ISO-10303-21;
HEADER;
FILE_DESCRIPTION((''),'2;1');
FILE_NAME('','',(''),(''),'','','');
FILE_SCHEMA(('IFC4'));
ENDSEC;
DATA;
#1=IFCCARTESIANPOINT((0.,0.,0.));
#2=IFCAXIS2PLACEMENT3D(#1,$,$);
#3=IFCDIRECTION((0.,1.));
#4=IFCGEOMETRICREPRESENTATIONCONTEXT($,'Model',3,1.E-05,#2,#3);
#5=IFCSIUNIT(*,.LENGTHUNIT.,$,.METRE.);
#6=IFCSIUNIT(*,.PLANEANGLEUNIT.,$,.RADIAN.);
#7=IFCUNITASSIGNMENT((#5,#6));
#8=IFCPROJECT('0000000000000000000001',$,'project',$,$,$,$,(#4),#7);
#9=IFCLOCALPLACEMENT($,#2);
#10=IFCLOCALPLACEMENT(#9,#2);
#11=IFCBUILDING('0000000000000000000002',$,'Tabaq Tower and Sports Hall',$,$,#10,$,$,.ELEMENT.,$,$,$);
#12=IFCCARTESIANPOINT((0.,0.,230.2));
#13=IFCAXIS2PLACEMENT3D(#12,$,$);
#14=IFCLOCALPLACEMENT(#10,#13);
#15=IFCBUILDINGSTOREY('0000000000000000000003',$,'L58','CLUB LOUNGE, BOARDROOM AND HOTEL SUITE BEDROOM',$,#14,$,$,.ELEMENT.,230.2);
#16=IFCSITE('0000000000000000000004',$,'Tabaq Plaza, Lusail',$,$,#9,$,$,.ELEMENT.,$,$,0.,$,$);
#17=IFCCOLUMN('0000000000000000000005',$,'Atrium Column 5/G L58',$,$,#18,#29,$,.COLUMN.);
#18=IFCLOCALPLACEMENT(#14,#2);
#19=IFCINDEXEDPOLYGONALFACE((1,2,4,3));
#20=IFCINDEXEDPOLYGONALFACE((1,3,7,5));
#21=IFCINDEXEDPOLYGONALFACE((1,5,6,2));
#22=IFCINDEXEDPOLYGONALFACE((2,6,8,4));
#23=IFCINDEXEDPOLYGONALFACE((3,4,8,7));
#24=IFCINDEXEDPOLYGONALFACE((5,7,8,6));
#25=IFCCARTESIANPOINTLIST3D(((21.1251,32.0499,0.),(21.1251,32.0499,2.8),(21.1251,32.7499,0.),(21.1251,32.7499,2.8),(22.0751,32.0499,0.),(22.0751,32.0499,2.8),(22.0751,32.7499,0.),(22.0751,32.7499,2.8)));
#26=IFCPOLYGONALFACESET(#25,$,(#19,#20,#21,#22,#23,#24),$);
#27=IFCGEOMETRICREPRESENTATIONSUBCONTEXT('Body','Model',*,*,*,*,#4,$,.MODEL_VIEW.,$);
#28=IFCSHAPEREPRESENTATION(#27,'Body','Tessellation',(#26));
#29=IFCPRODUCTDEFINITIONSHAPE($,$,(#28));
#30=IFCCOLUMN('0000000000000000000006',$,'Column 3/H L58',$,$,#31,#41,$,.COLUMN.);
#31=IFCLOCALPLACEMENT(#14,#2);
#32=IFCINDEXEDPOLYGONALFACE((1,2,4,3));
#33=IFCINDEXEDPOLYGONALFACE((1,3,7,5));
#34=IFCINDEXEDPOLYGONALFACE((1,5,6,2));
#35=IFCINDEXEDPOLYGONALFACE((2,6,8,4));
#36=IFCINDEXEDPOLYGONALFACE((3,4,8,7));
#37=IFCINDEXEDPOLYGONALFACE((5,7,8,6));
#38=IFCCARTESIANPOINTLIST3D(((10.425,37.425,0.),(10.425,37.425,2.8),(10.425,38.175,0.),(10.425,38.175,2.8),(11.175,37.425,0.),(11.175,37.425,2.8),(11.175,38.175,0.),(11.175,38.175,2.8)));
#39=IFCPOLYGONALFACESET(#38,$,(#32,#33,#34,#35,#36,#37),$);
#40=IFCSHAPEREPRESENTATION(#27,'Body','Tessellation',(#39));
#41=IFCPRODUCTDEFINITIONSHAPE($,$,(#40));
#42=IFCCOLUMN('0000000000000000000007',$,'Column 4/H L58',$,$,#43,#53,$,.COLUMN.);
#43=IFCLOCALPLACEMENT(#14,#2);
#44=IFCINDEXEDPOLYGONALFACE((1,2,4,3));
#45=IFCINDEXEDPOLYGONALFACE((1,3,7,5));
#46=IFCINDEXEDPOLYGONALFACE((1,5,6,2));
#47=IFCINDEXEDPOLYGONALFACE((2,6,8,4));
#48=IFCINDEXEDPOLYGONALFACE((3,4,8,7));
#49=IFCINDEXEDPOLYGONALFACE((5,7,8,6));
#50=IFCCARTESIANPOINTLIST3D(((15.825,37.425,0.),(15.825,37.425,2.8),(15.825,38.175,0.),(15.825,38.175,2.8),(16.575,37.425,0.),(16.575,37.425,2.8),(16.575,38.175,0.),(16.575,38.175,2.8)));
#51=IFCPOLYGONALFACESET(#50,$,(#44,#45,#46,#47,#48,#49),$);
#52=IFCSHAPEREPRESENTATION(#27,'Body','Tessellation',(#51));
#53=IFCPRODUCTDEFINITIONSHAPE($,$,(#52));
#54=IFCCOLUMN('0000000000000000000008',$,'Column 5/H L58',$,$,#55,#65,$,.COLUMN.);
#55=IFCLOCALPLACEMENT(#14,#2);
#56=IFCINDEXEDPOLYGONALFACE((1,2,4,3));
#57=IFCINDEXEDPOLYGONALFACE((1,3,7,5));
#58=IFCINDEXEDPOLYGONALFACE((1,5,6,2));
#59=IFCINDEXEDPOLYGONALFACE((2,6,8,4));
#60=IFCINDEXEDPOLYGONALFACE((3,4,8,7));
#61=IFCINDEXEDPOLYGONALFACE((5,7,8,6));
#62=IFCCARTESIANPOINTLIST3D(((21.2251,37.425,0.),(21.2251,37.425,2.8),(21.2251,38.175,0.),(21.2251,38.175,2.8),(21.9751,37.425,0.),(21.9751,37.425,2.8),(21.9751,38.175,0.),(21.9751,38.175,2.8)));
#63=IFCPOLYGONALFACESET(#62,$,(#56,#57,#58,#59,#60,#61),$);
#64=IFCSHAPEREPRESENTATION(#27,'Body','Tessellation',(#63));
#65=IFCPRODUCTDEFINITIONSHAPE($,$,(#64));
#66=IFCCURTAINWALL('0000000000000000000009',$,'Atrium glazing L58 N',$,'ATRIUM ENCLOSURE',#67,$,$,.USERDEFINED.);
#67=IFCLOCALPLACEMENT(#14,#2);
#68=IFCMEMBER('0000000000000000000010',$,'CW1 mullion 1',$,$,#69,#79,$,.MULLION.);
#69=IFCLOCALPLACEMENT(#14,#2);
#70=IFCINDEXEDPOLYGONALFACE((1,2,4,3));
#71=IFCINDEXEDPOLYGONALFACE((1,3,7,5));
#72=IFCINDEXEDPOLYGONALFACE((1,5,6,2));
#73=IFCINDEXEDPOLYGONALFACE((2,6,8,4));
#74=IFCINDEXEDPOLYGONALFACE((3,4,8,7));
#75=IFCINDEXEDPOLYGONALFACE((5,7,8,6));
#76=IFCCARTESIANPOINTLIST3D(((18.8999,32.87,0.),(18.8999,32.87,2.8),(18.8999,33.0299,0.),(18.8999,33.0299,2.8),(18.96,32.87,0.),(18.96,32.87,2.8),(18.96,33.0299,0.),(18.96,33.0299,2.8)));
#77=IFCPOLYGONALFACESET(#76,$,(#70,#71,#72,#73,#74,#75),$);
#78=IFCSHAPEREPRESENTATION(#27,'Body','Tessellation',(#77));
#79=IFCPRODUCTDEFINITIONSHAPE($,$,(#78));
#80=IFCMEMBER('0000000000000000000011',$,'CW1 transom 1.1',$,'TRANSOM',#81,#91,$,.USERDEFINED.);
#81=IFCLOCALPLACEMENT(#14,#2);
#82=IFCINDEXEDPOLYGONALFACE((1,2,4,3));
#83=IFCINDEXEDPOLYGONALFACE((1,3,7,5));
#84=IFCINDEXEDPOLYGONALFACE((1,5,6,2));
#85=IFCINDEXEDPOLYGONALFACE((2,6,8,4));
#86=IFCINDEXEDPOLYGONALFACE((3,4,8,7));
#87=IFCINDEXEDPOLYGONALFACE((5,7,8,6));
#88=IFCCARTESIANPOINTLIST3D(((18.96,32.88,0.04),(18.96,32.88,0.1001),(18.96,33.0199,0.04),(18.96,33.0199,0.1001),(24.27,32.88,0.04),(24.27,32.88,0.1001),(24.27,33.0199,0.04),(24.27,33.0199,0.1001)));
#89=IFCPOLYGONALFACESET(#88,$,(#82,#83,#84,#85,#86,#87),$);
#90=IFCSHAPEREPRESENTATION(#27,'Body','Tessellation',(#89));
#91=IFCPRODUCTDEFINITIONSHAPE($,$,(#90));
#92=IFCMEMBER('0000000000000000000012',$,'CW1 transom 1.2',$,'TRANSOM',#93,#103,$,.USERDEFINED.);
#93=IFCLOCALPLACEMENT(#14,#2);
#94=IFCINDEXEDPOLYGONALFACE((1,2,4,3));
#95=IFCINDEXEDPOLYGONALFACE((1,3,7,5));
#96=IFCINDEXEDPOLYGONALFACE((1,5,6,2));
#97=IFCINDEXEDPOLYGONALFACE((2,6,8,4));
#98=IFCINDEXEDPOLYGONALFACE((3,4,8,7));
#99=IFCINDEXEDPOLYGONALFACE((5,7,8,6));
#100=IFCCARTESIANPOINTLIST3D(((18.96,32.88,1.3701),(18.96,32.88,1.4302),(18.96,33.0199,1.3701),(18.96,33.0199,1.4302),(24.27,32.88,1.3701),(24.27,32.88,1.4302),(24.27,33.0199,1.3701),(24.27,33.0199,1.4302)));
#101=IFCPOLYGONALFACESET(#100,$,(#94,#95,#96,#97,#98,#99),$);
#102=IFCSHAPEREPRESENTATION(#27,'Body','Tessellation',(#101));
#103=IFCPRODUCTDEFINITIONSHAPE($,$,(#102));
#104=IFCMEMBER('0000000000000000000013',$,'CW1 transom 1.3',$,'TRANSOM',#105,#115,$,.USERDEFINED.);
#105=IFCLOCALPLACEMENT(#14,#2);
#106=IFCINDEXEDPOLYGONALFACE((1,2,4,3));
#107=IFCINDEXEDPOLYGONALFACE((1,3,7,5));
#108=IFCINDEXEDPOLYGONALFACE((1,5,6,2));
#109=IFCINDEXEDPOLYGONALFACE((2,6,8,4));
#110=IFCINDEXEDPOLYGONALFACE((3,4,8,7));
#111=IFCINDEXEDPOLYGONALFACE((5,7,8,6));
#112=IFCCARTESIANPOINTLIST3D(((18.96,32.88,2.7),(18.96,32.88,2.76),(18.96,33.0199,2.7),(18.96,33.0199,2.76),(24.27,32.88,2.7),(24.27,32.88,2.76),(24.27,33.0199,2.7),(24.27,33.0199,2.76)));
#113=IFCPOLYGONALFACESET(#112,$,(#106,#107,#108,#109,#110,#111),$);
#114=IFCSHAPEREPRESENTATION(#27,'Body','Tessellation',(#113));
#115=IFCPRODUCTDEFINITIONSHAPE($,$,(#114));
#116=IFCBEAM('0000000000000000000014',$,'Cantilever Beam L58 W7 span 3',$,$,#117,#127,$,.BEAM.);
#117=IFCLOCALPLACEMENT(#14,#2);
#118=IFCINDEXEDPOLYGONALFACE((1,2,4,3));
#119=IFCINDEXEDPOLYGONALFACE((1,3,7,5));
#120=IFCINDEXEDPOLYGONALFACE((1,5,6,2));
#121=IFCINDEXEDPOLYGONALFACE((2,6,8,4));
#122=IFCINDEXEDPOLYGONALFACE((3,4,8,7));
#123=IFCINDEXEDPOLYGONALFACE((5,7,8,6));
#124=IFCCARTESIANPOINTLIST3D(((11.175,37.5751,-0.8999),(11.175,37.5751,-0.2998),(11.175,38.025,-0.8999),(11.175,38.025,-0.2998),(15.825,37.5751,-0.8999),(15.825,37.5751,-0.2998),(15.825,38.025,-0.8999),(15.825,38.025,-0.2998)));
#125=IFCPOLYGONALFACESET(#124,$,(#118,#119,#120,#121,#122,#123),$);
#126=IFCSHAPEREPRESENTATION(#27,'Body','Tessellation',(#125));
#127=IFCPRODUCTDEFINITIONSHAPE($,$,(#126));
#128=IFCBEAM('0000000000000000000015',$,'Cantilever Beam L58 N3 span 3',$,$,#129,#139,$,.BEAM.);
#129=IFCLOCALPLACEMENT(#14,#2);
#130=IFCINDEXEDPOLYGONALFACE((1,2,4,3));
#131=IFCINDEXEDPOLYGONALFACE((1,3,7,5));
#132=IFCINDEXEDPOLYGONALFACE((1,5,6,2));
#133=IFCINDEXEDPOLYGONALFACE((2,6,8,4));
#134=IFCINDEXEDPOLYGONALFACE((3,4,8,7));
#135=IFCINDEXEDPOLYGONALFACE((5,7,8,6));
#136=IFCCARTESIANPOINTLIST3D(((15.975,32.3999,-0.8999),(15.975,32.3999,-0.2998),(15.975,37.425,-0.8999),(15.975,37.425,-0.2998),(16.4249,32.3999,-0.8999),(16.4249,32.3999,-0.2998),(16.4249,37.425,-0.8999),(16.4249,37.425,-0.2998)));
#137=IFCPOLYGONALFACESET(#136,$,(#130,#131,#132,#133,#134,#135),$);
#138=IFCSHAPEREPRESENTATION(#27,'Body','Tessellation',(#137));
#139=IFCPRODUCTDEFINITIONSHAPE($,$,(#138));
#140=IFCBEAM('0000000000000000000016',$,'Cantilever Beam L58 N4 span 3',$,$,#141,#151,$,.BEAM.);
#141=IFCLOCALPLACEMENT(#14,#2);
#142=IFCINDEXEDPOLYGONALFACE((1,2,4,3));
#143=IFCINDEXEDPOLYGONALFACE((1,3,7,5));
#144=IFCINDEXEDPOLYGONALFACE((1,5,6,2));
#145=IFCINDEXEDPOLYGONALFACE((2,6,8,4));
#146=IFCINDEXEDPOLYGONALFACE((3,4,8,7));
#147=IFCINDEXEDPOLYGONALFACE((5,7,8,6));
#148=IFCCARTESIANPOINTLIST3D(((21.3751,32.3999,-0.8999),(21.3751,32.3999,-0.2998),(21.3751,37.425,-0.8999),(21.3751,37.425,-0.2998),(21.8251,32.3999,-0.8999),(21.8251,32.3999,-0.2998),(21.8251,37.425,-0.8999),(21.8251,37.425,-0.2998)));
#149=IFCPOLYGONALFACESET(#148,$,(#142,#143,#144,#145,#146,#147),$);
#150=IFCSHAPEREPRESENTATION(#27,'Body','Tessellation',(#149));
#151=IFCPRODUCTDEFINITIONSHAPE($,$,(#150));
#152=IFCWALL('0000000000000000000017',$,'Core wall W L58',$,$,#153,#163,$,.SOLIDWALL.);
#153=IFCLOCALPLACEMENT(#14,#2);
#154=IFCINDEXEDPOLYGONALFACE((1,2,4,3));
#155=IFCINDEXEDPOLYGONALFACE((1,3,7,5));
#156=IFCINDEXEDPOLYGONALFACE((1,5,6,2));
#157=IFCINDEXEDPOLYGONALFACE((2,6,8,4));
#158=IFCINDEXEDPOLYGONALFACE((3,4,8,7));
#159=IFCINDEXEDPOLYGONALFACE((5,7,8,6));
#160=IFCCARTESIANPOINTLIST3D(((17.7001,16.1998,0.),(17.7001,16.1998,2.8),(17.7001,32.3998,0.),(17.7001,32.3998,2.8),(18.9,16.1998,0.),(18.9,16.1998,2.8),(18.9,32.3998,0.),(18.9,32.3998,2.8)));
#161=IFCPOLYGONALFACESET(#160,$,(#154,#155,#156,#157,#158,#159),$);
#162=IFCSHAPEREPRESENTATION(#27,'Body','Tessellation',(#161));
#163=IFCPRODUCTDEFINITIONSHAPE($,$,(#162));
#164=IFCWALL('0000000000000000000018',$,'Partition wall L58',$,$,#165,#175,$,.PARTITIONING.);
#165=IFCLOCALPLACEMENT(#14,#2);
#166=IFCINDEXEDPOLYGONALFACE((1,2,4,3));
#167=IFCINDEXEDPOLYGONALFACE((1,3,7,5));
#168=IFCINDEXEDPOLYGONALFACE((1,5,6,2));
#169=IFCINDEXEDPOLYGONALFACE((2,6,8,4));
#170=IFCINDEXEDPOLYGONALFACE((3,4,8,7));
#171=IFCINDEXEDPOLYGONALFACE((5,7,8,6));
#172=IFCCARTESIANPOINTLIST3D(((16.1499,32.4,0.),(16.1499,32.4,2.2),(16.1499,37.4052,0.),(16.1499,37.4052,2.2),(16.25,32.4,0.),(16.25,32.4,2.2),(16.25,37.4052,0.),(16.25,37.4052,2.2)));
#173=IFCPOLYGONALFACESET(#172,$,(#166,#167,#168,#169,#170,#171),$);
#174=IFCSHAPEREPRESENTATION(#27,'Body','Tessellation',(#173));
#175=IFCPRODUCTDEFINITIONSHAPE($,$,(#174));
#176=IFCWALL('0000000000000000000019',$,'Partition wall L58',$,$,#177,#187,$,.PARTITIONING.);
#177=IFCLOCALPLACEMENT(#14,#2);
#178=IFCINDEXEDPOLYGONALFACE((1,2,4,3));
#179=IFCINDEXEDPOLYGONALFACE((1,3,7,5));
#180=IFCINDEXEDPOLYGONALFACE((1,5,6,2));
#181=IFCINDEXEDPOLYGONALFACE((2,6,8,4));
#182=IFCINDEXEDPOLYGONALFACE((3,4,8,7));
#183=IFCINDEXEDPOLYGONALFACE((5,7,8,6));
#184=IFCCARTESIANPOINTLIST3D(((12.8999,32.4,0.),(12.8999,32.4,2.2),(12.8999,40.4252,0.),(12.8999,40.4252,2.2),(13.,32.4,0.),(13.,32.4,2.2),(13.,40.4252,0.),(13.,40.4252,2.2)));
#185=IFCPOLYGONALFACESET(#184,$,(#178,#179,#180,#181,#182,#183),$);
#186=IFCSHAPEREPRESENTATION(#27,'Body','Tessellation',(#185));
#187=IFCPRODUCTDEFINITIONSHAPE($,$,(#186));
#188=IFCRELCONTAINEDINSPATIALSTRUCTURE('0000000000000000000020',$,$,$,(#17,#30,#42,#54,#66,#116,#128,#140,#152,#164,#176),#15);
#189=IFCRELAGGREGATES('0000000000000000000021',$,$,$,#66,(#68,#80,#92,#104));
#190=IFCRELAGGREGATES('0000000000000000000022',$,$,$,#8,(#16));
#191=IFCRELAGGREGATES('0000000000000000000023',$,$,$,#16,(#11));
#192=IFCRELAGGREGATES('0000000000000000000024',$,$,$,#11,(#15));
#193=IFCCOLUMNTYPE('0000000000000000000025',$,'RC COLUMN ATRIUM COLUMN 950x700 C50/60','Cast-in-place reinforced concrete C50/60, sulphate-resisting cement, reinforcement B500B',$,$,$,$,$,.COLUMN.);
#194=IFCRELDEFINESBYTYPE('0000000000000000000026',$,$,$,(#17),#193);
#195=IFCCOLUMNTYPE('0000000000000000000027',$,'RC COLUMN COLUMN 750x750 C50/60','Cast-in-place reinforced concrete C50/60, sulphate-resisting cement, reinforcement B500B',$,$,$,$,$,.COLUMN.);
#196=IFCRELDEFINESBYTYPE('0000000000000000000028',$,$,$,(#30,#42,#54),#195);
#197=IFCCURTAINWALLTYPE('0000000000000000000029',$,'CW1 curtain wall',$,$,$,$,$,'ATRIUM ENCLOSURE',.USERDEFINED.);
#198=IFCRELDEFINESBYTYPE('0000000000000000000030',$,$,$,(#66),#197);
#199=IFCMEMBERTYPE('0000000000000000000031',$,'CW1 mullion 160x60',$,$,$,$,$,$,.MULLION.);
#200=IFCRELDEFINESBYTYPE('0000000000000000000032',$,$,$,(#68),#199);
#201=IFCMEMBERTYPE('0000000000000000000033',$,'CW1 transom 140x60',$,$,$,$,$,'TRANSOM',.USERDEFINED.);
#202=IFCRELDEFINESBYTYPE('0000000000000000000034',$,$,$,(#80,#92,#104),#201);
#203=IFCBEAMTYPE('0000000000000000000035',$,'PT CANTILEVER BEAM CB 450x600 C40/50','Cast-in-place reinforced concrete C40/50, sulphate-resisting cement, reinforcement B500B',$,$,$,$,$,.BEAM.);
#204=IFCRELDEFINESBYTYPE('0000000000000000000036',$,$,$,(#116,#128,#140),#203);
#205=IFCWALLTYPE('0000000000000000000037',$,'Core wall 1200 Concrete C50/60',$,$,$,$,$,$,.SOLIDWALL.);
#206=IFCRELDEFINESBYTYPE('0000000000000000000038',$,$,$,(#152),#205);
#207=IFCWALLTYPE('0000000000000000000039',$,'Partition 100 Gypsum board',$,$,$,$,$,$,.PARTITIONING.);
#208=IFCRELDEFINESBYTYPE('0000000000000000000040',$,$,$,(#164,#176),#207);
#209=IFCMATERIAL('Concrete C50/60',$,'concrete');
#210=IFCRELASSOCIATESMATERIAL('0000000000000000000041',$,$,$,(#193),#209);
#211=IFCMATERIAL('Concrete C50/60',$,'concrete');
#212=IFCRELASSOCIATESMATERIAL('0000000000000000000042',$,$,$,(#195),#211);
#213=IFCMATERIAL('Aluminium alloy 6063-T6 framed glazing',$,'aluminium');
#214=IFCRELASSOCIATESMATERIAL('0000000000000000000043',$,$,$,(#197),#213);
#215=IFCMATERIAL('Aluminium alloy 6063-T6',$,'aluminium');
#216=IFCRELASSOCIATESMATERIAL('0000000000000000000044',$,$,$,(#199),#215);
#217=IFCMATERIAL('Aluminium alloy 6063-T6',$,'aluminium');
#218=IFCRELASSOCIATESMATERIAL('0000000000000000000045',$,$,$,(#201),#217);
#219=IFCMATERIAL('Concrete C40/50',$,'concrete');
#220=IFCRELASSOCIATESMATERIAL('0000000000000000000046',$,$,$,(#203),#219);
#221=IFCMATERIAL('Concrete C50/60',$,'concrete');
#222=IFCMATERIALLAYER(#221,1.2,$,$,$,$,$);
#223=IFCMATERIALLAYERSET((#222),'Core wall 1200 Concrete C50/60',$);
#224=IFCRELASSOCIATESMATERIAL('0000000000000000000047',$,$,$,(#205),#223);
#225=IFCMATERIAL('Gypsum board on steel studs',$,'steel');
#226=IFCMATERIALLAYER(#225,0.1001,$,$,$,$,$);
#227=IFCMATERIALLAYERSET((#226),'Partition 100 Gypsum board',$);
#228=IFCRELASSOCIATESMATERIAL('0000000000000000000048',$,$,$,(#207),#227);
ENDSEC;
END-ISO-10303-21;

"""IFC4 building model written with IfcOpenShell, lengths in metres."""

from ifc_helpers import new_model, si_unit, direction, frame, frame_2d, origin, origin_2d, place, context, subcontext, project, spatial, rectangle, extrude, material, layer, layer_set, material_profile, profile_set, type_object, element, aggregate, save


model = new_model("IFC4")

# Units and contexts
model_context = context("Model", 3, precision=1e-05, world=origin(), true_north=direction((0.0, 1.0)))
body_context = subcontext(model_context, "Body", "Model", "MODEL_VIEW")
ifc_project = project(units=[si_unit("LENGTHUNIT", "METRE"), si_unit("PLANEANGLEUNIT", "RADIAN")], contexts=[model_context])

# Site, building, storey
site_placement = place(None, origin())
site = spatial("IfcSite", under=ifc_project, at=site_placement, Name="Tabaq Plaza, Lusail", CompositionType="ELEMENT", RefElevation=0.0)
building_placement = place(site_placement, origin())
building = spatial("IfcBuilding", under=site, at=building_placement, Name="Tabaq Tower and Sports Hall", CompositionType="ELEMENT")
storey_placement = place(building_placement, frame((0.0, 0.0, 230.2)))
storey = spatial("IfcBuildingStorey", under=building, at=storey_placement, Name="L58", Description="CLUB LOUNGE, BOARDROOM AND HOTEL SUITE BEDROOM", CompositionType="ELEMENT", Elevation=230.2)

# Columns
ifc_material_1 = material(Name="Concrete C50/60", Category="concrete")
ifc_material_profile_1 = material_profile(ifc_material_1, rectangle(XDim=0.95, YDim=0.7, at=origin_2d()), Name="ATRIUM COLUMN 950x700")
ifc_profile_set_1 = profile_set([ifc_material_profile_1], Name="Concrete C50/60")
column_type_1 = type_object("IfcColumnType", Name="RC COLUMN ATRIUM COLUMN 950x700 C50/60", Description="Cast-in-place reinforced concrete C50/60, sulphate-resisting cement, reinforcement B500B", PredefinedType="COLUMN", material=ifc_profile_set_1)
column_placement = place(storey_placement, frame((21.6001, 32.3999, 0.0), z_axis=(0.0, 0.0, 1.0), x_axis=(1.0, 0.0, 0.0)))
element("IfcColumn", 1, at=column_placement, inside=storey, type_object=column_type_1, Name="Atrium Column 5/G L58", PredefinedType="COLUMN", context=body_context, shape_type="SweptSolid", body=[
    extrude(rectangle(XDim=0.95, YDim=0.7, at=origin_2d()), origin(), (0.0, 0.0, 1.0), 2.8),
])
ifc_material_2 = material(Name="Concrete C50/60", Category="concrete")
ifc_material_profile_2 = material_profile(ifc_material_2, rectangle(XDim=0.75, YDim=0.75, at=origin_2d()), Name="COLUMN 750x750")
ifc_profile_set_2 = profile_set([ifc_material_profile_2], Name="Concrete C50/60")
column_type_2 = type_object("IfcColumnType", Name="RC COLUMN COLUMN 750x750 C50/60", Description="Cast-in-place reinforced concrete C50/60, sulphate-resisting cement, reinforcement B500B", PredefinedType="COLUMN", material=ifc_profile_set_2)
for number, where, z_axis, x_axis, name in (
    (2, (10.8, 37.8, 0.0), (0.0, 0.0, 1.0), (1.0, 0.0, 0.0), "Column 3/H L58"),
    (3, (16.2, 37.8, 0.0), (0.0, 0.0, 1.0), (1.0, 0.0, 0.0), "Column 4/H L58"),
    (4, (21.6001, 37.8, 0.0), (0.0, 0.0, 1.0), (1.0, 0.0, 0.0), "Column 5/H L58"),
):
    element("IfcColumn", number, at=place(storey_placement, frame(where, z_axis=z_axis, x_axis=x_axis)), inside=storey, type_object=column_type_2, Name=name, PredefinedType="COLUMN", context=body_context, shape_type="SweptSolid", body=[
        extrude(rectangle(XDim=0.75, YDim=0.75, at=origin_2d()), origin(), (0.0, 0.0, 1.0), 2.8),
    ])

# Curtain wall, members
ifc_material_3 = material(Name="Aluminium alloy 6063-T6 framed glazing", Category="aluminium")
curtain_wall_type = type_object("IfcCurtainWallType", Name="CW1 curtain wall", ElementType="ATRIUM ENCLOSURE", PredefinedType="USERDEFINED", material=ifc_material_3)
curtain_wall_placement = place(storey_placement, origin())
curtain_wall = element("IfcCurtainWall", 5, at=curtain_wall_placement, inside=storey, type_object=curtain_wall_type, Name="Atrium glazing L58 N", ObjectType="ATRIUM ENCLOSURE", PredefinedType="USERDEFINED")
ifc_material_4 = material(Name="Aluminium alloy 6063-T6", Category="aluminium")
ifc_material_profile_3 = material_profile(ifc_material_4, rectangle(XDim=0.1599, YDim=0.0601, at=origin_2d()), Name="MULLION 160x60")
ifc_profile_set_3 = profile_set([ifc_material_profile_3], Name="Aluminium alloy 6063-T6")
member_type_1 = type_object("IfcMemberType", Name="CW1 mullion 160x60", PredefinedType="MULLION", material=ifc_profile_set_3)
member_1_placement = place(storey_placement, frame((18.9299, 32.95, 0.0), z_axis=(0.0, 0.0, 1.0), x_axis=(0.0, 1.0, 0.0)))
member_1 = element("IfcMember", 6, at=member_1_placement, type_object=member_type_1, Name="CW1 mullion 1", PredefinedType="MULLION", context=body_context, shape_type="SweptSolid", body=[
    extrude(rectangle(XDim=0.1599, YDim=0.0601, at=origin_2d()), origin(), (0.0, 0.0, 1.0), 2.8),
])
ifc_material_5 = material(Name="Aluminium alloy 6063-T6", Category="aluminium")
ifc_material_profile_4 = material_profile(ifc_material_5, rectangle(XDim=0.1399, YDim=0.0601, at=origin_2d()), Name="TRANSOM 140x60")
ifc_profile_set_4 = profile_set([ifc_material_profile_4], Name="Aluminium alloy 6063-T6")
member_type_2 = type_object("IfcMemberType", Name="CW1 transom 140x60", ElementType="TRANSOM", PredefinedType="USERDEFINED", material=ifc_profile_set_4)
member_2_placement = place(storey_placement, frame((18.96, 32.95, 0.0701), z_axis=(1.0, 0.0, 0.0), x_axis=(0.0, 1.0, 0.0)))
member_2 = element("IfcMember", 7, at=member_2_placement, type_object=member_type_2, Name="CW1 transom 1.1", ObjectType="TRANSOM", PredefinedType="USERDEFINED", context=body_context, shape_type="SweptSolid", body=[
    extrude(rectangle(XDim=0.1399, YDim=0.0601, at=origin_2d()), origin(), (0.0, 0.0, 1.0), 5.3101),
])
member_3_placement = place(storey_placement, frame((18.96, 32.95, 1.4001), z_axis=(1.0, 0.0, 0.0), x_axis=(0.0, 1.0, 0.0)))
member_3 = element("IfcMember", 8, at=member_3_placement, type_object=member_type_2, Name="CW1 transom 1.2", ObjectType="TRANSOM", PredefinedType="USERDEFINED", context=body_context, shape_type="SweptSolid", body=[
    extrude(rectangle(XDim=0.1399, YDim=0.0601, at=origin_2d()), origin(), (0.0, 0.0, 1.0), 5.3101),
])
member_4_placement = place(storey_placement, frame((18.96, 32.95, 2.73), z_axis=(1.0, 0.0, 0.0), x_axis=(0.0, 1.0, 0.0)))
member_4 = element("IfcMember", 9, at=member_4_placement, type_object=member_type_2, Name="CW1 transom 1.3", ObjectType="TRANSOM", PredefinedType="USERDEFINED", context=body_context, shape_type="SweptSolid", body=[
    extrude(rectangle(XDim=0.1399, YDim=0.0601, at=origin_2d()), origin(), (0.0, 0.0, 1.0), 5.3101),
])
aggregate(curtain_wall, [member_1, member_2, member_3, member_4])

# Beams
ifc_material_6 = material(Name="Concrete C40/50", Category="concrete")
ifc_material_profile_5 = material_profile(ifc_material_6, rectangle(XDim=0.45, YDim=0.6001, at=origin_2d()), Name="CB 450x600")
ifc_profile_set_5 = profile_set([ifc_material_profile_5], Name="Concrete C40/50")
beam_type = type_object("IfcBeamType", Name="PT CANTILEVER BEAM CB 450x600 C40/50", Description="Cast-in-place reinforced concrete C40/50, sulphate-resisting cement, reinforcement B500B", PredefinedType="BEAM", material=ifc_profile_set_5)
beam_placement = place(storey_placement, frame((11.175, 37.8, -0.5999), z_axis=(1.0, 0.0, 0.0), x_axis=(0.0, 1.0, 0.0)))
element("IfcBeam", 10, at=beam_placement, inside=storey, type_object=beam_type, Name="Cantilever Beam L58 W7 span 3", PredefinedType="BEAM", context=body_context, shape_type="SweptSolid", body=[
    extrude(rectangle(XDim=0.45, YDim=0.6001, at=origin_2d()), origin(), (0.0, 0.0, 1.0), 4.6499),
])
for number, where, z_axis, x_axis, name in (
    (11, (16.2, 37.425, -0.5999), (0.0, -1.0, 0.0), (1.0, 0.0, 0.0), "Cantilever Beam L58 N3 span 3"),
    (12, (21.6001, 37.425, -0.5999), (0.0, -1.0, 0.0), (1.0, 0.0, 0.0), "Cantilever Beam L58 N4 span 3"),
):
    element("IfcBeam", number, at=place(storey_placement, frame(where, z_axis=z_axis, x_axis=x_axis)), inside=storey, type_object=beam_type, Name=name, PredefinedType="BEAM", context=body_context, shape_type="SweptSolid", body=[
        extrude(rectangle(XDim=0.45, YDim=0.6001, at=origin_2d()), origin(), (0.0, 0.0, 1.0), 5.0251),
    ])

# Walls
ifc_material_7 = material(Name="Concrete C50/60", Category="concrete")
ifc_layer_1 = layer(ifc_material_7, 1.2)
ifc_layer_set_1 = layer_set([ifc_layer_1], Name="Core wall 1200 Concrete C50/60")
wall_type_1 = type_object("IfcWallType", Name="Core wall 1200 Concrete C50/60", PredefinedType="SOLIDWALL", material=ifc_layer_set_1)
wall_1_placement = place(storey_placement, frame((18.3, 32.3999, 0.0), z_axis=(0.0, 0.0, 1.0), x_axis=(0.0, -1.0, 0.0)))
element("IfcWall", 13, at=wall_1_placement, inside=storey, type_object=wall_type_1, Name="Core wall W L58", PredefinedType="SOLIDWALL", context=body_context, shape_type="SweptSolid", body=[
    extrude(rectangle(XDim=16.2, YDim=1.2, at=frame_2d((8.1001, 0.0))), origin(), (0.0, 0.0, 1.0), 2.8),
])
ifc_material_8 = material(Name="Gypsum board on steel studs", Category="steel")
ifc_layer_2 = layer(ifc_material_8, 0.1001)
ifc_layer_set_2 = layer_set([ifc_layer_2], Name="Partition 100 Gypsum board")
wall_type_2 = type_object("IfcWallType", Name="Partition 100 Gypsum board", PredefinedType="PARTITIONING", material=ifc_layer_set_2)
wall_2_placement = place(storey_placement, frame((16.2, 37.405, 0.0), z_axis=(0.0, 0.0, 1.0), x_axis=(0.0, -1.0, 0.0)))
element("IfcWall", 14, at=wall_2_placement, inside=storey, type_object=wall_type_2, Name="Partition wall L58", PredefinedType="PARTITIONING", context=body_context, shape_type="SweptSolid", body=[
    extrude(rectangle(XDim=5.0051, YDim=0.1001, at=frame_2d((2.5024, 0.0))), origin(), (0.0, 0.0, 1.0), 2.2),
])
wall_3_placement = place(storey_placement, frame((12.95, 32.3999, 0.0), z_axis=(0.0, 0.0, 1.0), x_axis=(0.0, 1.0, 0.0)))
element("IfcWall", 15, at=wall_3_placement, inside=storey, type_object=wall_type_2, Name="Partition wall L58", PredefinedType="PARTITIONING", context=body_context, shape_type="SweptSolid", body=[
    extrude(rectangle(XDim=8.0251, YDim=0.1001, at=frame_2d((4.0127, 0.0))), origin(), (0.0, 0.0, 1.0), 2.2),
])

save(model, "model.ifc")
